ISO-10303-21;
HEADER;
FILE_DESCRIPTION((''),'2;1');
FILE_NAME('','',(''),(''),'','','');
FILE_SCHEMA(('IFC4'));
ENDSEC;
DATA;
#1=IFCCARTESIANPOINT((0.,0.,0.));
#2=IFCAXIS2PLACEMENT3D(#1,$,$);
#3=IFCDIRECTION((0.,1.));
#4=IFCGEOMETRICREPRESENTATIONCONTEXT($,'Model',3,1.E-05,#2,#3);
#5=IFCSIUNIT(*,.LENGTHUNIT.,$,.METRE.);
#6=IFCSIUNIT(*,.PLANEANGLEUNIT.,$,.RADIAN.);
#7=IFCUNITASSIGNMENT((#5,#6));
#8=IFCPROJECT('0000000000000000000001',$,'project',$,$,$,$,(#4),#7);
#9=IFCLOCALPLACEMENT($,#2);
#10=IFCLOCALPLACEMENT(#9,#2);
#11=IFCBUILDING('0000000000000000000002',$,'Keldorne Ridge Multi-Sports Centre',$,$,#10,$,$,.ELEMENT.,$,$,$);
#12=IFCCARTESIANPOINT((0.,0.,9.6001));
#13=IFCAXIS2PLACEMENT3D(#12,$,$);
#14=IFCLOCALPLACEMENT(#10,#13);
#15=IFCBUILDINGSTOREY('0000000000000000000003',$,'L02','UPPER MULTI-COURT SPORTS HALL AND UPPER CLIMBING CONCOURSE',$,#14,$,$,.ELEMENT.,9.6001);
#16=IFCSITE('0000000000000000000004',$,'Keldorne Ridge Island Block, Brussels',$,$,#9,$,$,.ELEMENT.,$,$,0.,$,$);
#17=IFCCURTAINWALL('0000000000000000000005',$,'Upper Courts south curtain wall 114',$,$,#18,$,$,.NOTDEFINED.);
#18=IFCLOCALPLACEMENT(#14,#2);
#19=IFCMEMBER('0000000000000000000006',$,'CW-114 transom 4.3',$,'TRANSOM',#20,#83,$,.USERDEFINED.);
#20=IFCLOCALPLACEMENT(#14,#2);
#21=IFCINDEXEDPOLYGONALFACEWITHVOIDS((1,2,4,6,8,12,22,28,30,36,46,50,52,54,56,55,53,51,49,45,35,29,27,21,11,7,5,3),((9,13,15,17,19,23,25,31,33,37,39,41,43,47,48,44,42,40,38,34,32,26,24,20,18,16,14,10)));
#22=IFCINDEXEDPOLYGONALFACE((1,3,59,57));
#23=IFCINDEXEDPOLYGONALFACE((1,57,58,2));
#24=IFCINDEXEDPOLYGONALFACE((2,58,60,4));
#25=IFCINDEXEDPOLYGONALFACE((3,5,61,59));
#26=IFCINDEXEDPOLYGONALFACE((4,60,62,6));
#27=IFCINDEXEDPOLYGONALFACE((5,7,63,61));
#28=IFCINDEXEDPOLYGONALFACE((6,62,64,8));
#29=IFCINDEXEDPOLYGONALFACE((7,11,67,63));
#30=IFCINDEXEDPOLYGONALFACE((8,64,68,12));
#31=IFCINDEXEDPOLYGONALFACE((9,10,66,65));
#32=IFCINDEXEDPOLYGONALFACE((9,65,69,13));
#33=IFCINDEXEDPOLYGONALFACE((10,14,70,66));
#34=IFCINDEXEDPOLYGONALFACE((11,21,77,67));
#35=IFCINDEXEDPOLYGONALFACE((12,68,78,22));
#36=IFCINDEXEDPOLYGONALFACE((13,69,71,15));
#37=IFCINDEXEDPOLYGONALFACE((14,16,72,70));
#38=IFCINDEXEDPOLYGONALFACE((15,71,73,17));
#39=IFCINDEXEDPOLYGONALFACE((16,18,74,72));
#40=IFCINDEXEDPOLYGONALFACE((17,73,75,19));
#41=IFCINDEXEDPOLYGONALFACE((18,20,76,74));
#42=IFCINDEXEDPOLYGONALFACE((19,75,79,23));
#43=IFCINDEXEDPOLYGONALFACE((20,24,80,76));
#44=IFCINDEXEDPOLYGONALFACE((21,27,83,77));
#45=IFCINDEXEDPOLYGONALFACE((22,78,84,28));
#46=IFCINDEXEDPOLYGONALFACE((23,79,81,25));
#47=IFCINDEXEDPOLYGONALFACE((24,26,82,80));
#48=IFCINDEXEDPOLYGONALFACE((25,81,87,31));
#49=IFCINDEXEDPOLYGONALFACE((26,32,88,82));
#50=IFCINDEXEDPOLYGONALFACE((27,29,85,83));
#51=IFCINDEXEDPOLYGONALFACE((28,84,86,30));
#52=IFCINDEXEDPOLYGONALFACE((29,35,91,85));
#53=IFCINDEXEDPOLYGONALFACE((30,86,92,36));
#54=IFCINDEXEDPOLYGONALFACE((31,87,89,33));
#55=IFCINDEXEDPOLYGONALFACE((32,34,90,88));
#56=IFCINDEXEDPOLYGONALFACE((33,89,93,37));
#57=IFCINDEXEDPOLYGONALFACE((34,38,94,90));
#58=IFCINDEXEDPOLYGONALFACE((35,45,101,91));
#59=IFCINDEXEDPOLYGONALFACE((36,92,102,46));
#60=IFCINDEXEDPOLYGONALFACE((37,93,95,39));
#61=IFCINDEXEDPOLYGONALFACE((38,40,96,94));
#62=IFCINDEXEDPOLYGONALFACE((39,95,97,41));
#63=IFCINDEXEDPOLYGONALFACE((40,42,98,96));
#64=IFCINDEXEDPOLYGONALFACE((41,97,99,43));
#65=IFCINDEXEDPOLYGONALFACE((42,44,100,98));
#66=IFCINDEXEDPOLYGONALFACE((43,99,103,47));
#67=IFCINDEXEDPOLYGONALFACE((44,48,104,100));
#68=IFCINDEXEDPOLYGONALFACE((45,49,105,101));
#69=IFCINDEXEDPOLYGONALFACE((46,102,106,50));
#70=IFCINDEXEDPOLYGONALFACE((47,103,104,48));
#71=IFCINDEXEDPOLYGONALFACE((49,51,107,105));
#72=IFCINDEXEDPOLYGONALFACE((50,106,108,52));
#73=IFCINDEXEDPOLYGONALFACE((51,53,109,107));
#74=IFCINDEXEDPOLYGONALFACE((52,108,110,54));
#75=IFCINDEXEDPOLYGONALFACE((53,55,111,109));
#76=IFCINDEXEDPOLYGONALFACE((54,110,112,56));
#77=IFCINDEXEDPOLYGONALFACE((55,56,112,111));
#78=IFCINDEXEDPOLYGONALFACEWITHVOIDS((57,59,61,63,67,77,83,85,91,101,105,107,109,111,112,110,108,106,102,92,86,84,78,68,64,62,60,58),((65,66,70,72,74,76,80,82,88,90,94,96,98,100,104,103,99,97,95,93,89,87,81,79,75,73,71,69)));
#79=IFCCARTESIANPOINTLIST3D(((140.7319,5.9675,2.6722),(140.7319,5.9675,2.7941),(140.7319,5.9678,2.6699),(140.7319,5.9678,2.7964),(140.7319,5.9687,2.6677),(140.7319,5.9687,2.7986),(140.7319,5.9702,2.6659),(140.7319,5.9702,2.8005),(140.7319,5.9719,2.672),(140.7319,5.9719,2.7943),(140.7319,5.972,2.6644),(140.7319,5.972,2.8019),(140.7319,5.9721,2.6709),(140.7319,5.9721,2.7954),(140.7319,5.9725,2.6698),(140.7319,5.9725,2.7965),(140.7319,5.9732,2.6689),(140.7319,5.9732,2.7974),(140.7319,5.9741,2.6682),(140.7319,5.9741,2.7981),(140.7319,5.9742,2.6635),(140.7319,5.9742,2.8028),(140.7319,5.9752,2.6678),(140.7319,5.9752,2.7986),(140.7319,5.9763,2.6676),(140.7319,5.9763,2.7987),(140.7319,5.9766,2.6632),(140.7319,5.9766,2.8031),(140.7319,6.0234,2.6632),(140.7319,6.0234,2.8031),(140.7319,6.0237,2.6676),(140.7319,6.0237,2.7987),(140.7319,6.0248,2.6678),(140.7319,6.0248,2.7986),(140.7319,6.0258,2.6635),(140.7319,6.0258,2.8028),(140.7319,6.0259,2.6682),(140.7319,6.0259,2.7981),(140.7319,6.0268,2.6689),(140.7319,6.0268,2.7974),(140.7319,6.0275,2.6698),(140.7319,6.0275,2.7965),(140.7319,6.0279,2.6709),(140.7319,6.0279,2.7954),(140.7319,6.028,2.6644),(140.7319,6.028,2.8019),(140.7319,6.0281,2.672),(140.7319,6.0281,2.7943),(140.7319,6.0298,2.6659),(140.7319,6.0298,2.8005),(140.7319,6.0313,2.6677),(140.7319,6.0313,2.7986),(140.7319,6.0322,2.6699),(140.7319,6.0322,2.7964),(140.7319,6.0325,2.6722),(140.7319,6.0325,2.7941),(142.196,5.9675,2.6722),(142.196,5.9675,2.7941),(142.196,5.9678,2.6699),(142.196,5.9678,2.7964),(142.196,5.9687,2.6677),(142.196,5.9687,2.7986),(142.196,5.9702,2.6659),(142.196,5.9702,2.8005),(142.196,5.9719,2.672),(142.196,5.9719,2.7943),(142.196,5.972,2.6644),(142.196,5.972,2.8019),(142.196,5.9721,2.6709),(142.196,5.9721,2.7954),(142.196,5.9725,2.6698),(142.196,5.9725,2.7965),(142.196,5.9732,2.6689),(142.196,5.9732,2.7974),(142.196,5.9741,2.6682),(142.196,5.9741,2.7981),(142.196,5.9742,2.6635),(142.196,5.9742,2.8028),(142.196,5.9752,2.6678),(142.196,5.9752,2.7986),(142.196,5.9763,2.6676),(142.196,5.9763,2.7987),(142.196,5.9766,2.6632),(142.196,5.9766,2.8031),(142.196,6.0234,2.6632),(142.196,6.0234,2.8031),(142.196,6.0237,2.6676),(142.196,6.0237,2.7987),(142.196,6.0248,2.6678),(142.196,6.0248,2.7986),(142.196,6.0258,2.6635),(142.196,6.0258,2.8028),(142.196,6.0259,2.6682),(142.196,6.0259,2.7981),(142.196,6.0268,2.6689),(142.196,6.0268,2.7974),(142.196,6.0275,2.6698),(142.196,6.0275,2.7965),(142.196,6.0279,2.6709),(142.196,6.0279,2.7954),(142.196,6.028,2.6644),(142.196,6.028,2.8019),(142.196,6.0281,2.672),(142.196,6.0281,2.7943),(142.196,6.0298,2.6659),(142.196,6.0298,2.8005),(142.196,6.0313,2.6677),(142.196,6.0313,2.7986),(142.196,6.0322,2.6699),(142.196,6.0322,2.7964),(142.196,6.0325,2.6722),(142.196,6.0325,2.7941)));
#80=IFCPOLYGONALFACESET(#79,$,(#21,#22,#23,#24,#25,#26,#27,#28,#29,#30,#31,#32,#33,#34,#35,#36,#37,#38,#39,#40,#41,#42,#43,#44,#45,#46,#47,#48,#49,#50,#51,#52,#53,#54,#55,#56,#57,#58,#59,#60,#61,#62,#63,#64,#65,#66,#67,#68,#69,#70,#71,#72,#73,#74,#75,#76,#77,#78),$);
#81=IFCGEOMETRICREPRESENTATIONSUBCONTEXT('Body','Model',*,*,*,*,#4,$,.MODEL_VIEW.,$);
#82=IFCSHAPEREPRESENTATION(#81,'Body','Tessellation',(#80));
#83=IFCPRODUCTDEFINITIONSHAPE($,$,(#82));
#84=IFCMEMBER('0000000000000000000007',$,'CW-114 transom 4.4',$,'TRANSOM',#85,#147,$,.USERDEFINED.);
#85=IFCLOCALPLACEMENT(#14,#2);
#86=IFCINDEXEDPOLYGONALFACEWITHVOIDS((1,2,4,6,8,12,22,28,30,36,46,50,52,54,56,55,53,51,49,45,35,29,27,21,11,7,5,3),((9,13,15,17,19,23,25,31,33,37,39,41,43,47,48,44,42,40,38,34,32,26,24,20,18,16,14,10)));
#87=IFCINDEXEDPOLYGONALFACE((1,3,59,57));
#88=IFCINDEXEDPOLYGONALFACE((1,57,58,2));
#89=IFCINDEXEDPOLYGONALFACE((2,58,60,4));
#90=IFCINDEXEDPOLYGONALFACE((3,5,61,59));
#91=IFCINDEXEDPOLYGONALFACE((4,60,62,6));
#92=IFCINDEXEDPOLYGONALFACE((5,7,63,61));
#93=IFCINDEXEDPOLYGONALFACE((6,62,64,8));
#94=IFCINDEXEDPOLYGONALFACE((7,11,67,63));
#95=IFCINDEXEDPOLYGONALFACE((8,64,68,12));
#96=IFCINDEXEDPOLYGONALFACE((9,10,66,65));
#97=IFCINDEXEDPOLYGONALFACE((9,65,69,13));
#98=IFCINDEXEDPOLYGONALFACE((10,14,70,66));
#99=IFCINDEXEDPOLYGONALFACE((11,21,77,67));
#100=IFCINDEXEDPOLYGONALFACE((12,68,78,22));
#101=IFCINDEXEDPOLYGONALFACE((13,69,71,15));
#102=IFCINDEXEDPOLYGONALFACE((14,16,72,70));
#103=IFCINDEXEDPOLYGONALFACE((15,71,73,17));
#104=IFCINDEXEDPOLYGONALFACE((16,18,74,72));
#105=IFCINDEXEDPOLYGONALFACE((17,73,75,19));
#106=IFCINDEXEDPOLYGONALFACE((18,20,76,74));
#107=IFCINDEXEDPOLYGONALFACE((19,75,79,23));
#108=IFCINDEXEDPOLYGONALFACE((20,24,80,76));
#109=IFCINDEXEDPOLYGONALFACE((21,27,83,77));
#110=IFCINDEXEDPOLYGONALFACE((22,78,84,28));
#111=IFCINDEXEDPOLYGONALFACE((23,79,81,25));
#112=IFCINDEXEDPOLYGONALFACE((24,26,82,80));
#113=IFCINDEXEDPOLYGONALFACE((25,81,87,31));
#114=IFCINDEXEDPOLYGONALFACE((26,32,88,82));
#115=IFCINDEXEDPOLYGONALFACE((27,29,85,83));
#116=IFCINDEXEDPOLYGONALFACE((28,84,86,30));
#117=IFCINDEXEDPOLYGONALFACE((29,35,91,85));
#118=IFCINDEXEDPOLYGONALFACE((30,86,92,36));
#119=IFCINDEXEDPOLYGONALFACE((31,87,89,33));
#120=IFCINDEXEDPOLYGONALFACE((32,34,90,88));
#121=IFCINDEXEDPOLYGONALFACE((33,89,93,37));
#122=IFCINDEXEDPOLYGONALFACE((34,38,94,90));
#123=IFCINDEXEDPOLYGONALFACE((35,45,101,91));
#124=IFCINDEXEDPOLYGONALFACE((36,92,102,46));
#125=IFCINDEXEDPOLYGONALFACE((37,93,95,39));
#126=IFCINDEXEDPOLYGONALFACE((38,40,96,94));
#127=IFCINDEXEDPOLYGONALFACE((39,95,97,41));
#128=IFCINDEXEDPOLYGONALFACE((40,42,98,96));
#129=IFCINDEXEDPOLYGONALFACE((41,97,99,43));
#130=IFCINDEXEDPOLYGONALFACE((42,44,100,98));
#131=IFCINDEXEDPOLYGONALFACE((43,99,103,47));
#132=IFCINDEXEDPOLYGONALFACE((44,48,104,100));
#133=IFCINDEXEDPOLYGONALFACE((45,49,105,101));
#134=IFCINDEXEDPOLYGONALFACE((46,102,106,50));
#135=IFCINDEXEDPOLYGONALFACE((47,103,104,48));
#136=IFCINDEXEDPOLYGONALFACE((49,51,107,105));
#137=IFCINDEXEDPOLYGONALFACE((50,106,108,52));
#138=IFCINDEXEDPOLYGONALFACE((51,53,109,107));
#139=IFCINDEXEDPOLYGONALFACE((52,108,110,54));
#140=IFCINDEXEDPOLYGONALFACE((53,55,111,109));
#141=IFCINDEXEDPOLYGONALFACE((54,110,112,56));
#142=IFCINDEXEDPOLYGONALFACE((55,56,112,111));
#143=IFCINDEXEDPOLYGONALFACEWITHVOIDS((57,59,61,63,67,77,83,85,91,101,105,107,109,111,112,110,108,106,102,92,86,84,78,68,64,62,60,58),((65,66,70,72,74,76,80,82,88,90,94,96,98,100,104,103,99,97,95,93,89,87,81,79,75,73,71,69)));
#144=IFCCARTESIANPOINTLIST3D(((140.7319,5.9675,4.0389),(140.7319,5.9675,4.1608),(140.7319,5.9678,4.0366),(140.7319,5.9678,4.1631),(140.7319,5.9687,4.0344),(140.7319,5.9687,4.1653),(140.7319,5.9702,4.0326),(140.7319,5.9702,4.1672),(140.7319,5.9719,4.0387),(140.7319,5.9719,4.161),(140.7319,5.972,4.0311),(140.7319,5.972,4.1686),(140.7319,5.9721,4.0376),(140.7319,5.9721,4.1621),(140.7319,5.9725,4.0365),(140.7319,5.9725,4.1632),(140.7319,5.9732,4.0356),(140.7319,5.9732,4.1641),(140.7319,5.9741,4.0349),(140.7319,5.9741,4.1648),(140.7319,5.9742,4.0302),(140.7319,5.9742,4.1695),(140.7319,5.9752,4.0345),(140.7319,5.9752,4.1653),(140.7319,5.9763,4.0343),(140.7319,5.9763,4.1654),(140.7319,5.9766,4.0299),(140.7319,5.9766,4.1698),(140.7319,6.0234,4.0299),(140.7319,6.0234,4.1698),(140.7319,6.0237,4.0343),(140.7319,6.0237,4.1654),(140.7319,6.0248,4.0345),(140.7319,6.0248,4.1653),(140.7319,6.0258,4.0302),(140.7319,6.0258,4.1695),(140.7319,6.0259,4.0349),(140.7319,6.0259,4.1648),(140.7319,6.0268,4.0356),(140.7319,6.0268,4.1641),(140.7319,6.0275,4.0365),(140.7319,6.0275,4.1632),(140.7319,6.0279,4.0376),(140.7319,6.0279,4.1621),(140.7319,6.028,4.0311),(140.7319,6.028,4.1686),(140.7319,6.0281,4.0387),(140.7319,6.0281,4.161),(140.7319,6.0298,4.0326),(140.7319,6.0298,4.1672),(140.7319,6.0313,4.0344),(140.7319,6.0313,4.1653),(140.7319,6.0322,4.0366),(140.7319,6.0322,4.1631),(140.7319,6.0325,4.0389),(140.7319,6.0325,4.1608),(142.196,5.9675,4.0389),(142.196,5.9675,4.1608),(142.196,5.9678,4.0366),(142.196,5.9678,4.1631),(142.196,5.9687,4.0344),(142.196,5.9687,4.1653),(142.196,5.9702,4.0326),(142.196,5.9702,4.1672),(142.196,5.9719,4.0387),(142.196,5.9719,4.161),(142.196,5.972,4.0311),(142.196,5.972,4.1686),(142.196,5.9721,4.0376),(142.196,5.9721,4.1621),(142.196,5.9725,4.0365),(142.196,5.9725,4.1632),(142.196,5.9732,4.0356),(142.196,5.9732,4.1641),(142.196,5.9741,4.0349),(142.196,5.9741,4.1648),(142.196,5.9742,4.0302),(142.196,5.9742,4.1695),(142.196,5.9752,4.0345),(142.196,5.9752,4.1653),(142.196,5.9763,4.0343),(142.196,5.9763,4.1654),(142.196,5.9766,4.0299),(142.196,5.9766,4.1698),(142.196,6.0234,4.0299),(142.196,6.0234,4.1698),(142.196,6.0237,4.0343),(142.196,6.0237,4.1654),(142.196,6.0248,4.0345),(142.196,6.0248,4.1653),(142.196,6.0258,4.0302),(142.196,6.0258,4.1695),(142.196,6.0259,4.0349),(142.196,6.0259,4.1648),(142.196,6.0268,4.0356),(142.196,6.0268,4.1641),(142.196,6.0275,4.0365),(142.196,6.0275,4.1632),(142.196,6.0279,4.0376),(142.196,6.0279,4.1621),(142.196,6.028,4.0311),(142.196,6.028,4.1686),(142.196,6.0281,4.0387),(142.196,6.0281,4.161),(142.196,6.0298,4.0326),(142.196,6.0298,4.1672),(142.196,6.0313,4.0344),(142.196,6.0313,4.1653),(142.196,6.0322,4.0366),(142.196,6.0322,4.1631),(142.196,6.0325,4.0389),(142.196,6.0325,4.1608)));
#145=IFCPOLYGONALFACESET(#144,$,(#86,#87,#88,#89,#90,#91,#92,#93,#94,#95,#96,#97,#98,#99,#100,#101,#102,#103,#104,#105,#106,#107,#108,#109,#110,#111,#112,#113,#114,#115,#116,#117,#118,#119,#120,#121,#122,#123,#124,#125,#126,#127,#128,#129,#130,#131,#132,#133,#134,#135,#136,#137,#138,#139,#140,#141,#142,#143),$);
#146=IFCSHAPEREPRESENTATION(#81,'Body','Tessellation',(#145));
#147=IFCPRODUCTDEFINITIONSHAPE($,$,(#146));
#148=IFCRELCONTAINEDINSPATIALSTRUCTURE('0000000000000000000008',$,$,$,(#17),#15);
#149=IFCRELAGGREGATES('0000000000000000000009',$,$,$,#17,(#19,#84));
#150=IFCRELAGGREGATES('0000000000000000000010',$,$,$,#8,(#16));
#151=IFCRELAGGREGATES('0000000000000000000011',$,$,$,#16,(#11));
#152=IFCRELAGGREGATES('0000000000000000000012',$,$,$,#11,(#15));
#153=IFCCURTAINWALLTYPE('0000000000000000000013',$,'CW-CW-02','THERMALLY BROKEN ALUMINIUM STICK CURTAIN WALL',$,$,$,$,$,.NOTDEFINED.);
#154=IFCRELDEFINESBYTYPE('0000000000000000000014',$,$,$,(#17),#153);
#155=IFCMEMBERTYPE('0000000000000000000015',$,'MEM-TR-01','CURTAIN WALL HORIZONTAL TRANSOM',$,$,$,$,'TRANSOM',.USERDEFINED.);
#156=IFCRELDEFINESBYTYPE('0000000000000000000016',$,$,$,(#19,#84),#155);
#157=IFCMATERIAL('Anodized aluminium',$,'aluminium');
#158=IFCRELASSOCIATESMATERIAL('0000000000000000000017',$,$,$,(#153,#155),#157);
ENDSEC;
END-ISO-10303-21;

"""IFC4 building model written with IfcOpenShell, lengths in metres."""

from ifc_helpers import new_model, si_unit, direction, frame, origin, origin_2d, place, context, subcontext, project, spatial, hollow_rectangle, extrude, material, material_profile, profile_set, type_object, element, aggregate, save


model = new_model("IFC4")

# Units and contexts
model_context = context("Model", 3, precision=1e-05, world=origin(), true_north=direction((0.0, 1.0)))
body_context = subcontext(model_context, "Body", "Model", "MODEL_VIEW")
ifc_project = project(units=[si_unit("LENGTHUNIT", "METRE"), si_unit("PLANEANGLEUNIT", "RADIAN")], contexts=[model_context])

# Site, building, storey
site_placement = place(None, origin())
site = spatial("IfcSite", under=ifc_project, at=site_placement, Name="Keldorne Ridge Island Block, Brussels", CompositionType="ELEMENT", RefElevation=0.0)
building_placement = place(site_placement, origin())
building = spatial("IfcBuilding", under=site, at=building_placement, Name="Keldorne Ridge Multi-Sports Centre", CompositionType="ELEMENT")
storey_placement = place(building_placement, frame((0.0, 0.0, 9.6001)))
storey = spatial("IfcBuildingStorey", under=building, at=storey_placement, Name="L02", Description="UPPER MULTI-COURT SPORTS HALL AND UPPER CLIMBING CONCOURSE", CompositionType="ELEMENT", Elevation=9.6001)

# Curtain wall, members
ifc_material_1 = material(Name="Anodized aluminium", Category="aluminium")
curtain_wall_type = type_object("IfcCurtainWallType", Name="CW-CW-02", Description="THERMALLY BROKEN ALUMINIUM STICK CURTAIN WALL", PredefinedType="NOTDEFINED", material=ifc_material_1)
curtain_wall_placement = place(storey_placement, origin())
curtain_wall = element("IfcCurtainWall", 1, at=curtain_wall_placement, inside=storey, type_object=curtain_wall_type, Name="Upper Courts south curtain wall 114", PredefinedType="NOTDEFINED")
ifc_material_profile_1 = material_profile(ifc_material_1, hollow_rectangle(XDim=0.0649, YDim=0.1399, WallThickness=0.0044, InnerFilletRadius=0.0044, OuterFilletRadius=0.009, at=origin_2d()), Name="ALU TRANSOM 140x65x4.5")
ifc_profile_set_1 = profile_set([ifc_material_profile_1], Name="Anodized aluminium")
member_type_1 = type_object("IfcMemberType", Name="MEM-TR-01", Description="CURTAIN WALL HORIZONTAL TRANSOM", ElementType="TRANSOM", PredefinedType="USERDEFINED", material=ifc_profile_set_1)
member_1_placement = place(storey_placement, frame((140.7319, 6.0, 2.7332), z_axis=(1.0, 0.0, 0.0), x_axis=(0.0, 1.0, 0.0)))
member_1 = element("IfcMember", 2, at=member_1_placement, type_object=member_type_1, Name="CW-114 transom 4.3", ObjectType="TRANSOM", PredefinedType="USERDEFINED", context=body_context, shape_type="SweptSolid", body=[
    extrude(hollow_rectangle(XDim=0.0649, YDim=0.1399, WallThickness=0.0044, InnerFilletRadius=0.0044, OuterFilletRadius=0.009, at=origin_2d()), origin(), (0.0, 0.0, 1.0), 1.4641),
])
member_2_placement = place(storey_placement, frame((140.7319, 6.0, 4.0999), z_axis=(1.0, 0.0, 0.0), x_axis=(0.0, 1.0, 0.0)))
member_2 = element("IfcMember", 3, at=member_2_placement, type_object=member_type_1, Name="CW-114 transom 4.4", ObjectType="TRANSOM", PredefinedType="USERDEFINED", context=body_context, shape_type="SweptSolid", body=[
    extrude(hollow_rectangle(XDim=0.0649, YDim=0.1399, WallThickness=0.0044, InnerFilletRadius=0.0044, OuterFilletRadius=0.009, at=origin_2d()), origin(), (0.0, 0.0, 1.0), 1.4641),
])
aggregate(curtain_wall, [member_1, member_2])

save(model, "model.ifc")
